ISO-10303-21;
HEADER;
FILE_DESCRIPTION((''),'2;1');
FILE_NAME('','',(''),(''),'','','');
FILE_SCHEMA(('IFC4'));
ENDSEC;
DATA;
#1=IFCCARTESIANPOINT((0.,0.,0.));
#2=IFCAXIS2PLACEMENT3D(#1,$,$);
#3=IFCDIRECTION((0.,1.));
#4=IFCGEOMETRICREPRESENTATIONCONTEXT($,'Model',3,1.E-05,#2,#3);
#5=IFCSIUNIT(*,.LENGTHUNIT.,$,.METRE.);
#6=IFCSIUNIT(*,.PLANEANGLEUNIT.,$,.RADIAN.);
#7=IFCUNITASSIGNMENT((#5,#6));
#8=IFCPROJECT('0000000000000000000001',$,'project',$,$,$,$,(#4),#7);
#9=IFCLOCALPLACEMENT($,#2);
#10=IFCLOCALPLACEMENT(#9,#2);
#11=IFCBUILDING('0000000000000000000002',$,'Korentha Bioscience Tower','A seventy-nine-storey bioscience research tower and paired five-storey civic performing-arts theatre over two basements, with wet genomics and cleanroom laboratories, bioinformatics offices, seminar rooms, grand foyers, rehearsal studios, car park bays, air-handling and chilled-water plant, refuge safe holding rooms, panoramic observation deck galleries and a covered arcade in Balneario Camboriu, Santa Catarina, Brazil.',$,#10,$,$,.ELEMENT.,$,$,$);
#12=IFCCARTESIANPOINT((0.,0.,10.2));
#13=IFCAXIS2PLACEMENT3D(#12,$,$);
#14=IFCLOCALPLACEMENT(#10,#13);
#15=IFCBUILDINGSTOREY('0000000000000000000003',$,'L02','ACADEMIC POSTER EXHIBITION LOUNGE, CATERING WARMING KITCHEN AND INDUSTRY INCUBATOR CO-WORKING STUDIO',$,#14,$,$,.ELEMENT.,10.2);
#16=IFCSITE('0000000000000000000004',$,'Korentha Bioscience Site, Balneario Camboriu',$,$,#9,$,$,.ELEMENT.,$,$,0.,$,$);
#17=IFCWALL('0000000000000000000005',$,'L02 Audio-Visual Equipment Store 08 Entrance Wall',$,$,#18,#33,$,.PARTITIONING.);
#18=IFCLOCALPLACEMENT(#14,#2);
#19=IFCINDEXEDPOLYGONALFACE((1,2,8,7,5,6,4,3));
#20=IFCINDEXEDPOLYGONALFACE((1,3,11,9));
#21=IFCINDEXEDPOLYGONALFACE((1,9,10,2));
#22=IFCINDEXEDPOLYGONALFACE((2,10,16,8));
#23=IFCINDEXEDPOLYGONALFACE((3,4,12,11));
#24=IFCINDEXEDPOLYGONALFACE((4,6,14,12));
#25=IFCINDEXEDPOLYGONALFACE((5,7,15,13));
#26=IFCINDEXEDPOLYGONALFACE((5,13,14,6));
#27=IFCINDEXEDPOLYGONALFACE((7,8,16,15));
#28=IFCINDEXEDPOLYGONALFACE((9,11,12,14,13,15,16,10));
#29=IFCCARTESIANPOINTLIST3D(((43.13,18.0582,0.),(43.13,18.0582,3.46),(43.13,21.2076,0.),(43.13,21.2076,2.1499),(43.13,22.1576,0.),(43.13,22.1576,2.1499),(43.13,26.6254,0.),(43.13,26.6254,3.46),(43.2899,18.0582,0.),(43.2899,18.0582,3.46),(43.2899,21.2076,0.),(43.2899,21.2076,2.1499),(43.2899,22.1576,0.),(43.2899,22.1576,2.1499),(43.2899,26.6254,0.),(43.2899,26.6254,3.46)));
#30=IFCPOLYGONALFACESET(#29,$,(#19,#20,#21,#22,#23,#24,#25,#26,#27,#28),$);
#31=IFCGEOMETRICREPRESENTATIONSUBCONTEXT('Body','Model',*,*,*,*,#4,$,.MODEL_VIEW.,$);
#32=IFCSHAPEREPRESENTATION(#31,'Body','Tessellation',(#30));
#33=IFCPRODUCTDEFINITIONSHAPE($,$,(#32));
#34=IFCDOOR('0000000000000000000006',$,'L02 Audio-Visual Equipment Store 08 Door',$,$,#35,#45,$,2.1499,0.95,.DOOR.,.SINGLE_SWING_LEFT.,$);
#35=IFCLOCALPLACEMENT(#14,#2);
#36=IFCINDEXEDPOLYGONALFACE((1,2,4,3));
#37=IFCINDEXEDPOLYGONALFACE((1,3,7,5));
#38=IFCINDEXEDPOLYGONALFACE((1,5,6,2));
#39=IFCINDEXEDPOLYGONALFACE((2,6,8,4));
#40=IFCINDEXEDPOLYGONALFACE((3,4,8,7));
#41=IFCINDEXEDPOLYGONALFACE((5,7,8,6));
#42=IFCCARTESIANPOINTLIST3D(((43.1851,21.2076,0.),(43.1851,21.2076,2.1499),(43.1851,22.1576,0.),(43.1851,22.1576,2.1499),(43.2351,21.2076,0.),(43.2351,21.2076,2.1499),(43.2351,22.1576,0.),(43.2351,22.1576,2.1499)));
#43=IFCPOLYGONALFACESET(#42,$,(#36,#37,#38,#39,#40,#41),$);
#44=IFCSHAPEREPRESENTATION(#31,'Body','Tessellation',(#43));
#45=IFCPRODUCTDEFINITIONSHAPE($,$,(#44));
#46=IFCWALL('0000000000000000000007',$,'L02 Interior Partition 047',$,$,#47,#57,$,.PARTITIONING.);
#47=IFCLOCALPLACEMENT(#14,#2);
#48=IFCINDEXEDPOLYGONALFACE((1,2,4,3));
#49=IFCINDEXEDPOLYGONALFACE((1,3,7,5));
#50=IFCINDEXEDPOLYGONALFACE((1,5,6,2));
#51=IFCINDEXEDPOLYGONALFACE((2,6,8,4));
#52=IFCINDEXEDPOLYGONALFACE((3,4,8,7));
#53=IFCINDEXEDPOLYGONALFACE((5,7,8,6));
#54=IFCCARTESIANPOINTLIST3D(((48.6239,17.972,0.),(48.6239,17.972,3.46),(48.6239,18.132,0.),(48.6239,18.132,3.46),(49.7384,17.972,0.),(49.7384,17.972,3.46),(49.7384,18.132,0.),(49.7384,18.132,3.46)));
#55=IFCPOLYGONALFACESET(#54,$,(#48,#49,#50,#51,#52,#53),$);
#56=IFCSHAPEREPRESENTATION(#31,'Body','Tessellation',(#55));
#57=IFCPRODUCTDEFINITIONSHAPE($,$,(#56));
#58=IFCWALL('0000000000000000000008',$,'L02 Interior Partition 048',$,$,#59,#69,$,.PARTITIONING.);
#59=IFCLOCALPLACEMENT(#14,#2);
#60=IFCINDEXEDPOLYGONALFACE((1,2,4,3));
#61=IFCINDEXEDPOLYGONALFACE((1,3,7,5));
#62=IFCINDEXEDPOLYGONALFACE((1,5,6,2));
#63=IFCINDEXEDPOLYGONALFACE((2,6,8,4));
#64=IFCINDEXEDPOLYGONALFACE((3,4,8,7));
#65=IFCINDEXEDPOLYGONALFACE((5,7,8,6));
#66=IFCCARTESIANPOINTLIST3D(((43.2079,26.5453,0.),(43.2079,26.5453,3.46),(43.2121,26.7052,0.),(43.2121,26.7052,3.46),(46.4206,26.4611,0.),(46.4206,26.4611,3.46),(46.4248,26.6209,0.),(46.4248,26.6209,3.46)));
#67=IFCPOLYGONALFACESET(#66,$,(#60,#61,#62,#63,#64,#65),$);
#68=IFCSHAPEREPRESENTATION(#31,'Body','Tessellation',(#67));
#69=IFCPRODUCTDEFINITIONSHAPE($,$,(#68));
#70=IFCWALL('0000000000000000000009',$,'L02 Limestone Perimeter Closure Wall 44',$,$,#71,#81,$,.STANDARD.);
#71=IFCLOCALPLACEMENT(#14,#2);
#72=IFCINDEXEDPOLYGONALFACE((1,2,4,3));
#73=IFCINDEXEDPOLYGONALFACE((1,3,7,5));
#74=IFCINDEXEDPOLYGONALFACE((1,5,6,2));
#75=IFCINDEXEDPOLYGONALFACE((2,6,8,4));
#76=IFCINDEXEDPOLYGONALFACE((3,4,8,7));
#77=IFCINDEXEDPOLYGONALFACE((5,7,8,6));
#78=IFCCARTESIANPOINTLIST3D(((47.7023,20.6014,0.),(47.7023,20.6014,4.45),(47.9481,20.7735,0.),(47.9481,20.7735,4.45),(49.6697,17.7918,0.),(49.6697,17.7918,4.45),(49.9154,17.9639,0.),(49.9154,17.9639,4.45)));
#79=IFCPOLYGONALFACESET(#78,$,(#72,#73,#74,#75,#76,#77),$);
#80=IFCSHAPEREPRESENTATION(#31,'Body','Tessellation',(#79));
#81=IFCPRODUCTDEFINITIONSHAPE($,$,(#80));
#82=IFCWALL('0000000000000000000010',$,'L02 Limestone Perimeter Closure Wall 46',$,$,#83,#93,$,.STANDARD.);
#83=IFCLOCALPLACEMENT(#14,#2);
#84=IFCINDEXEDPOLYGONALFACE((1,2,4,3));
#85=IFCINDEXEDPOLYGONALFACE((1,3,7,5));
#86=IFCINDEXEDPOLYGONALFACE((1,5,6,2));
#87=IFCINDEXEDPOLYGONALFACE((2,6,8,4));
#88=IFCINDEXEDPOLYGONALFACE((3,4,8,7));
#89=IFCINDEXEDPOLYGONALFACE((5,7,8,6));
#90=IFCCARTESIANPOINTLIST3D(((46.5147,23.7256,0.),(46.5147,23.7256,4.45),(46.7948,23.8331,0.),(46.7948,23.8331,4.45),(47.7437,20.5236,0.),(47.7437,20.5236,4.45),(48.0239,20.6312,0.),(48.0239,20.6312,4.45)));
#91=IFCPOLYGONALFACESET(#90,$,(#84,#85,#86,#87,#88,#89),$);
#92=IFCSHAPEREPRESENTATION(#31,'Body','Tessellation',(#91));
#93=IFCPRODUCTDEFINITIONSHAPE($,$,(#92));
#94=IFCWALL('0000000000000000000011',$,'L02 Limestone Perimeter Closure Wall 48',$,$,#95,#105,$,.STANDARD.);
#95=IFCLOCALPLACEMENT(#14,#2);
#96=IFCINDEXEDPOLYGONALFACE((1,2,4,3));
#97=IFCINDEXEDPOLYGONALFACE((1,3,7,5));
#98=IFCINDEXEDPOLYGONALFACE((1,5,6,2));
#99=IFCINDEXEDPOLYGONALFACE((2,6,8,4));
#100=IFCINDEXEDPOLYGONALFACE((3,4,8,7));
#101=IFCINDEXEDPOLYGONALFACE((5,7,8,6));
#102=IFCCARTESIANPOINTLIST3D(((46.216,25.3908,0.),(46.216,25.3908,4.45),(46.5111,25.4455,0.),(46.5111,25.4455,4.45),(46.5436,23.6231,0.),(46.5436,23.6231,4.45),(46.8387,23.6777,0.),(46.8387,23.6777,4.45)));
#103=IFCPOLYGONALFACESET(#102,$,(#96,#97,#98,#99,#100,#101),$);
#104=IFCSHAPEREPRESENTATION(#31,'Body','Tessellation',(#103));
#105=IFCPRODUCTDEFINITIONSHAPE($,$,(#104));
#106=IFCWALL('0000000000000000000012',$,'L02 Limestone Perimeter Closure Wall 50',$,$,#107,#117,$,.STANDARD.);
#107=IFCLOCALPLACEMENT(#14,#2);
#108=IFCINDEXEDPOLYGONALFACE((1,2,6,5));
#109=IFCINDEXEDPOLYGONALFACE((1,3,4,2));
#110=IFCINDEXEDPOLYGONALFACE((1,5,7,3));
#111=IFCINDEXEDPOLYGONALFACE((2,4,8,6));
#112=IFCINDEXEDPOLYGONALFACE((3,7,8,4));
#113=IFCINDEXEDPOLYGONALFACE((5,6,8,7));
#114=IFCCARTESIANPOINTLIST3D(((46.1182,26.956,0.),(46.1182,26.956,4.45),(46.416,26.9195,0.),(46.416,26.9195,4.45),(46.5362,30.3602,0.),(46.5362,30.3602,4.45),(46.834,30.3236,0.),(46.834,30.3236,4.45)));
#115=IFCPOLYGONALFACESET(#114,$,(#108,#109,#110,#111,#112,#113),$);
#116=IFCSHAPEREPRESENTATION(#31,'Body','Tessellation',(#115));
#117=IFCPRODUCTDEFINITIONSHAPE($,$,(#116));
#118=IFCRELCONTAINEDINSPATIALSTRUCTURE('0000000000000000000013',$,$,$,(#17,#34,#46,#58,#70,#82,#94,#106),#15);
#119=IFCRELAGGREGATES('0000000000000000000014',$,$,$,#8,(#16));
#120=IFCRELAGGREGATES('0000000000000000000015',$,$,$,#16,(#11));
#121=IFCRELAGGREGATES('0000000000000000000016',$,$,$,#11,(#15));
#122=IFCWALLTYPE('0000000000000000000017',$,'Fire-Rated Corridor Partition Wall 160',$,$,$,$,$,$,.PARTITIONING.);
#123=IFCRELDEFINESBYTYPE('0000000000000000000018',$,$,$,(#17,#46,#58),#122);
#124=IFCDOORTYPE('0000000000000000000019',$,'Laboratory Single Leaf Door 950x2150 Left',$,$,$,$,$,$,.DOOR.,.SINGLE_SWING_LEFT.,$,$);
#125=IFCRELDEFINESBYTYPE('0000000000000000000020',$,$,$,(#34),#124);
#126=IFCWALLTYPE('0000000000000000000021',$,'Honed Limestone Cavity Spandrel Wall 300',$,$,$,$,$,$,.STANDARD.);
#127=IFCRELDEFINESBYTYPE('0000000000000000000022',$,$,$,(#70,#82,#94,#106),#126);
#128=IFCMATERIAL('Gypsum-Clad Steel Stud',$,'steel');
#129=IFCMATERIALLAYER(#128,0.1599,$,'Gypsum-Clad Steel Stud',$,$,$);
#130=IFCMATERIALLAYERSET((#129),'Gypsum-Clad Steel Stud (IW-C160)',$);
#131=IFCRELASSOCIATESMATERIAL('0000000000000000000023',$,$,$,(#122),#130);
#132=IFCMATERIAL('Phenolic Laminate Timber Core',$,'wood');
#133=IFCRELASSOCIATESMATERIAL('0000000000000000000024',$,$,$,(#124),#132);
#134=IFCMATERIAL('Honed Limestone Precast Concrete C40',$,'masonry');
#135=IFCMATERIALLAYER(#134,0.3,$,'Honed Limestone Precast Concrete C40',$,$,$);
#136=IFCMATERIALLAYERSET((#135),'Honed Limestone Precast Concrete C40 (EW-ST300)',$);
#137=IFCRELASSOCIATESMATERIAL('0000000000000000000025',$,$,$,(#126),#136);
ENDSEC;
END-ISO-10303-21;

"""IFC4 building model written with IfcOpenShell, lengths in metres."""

from ifc_helpers import new_model, si_unit, direction, frame, frame_2d, origin, place, context, subcontext, project, spatial, rectangle, extrude, material, layer, layer_set, type_object, element, fill, save


model = new_model("IFC4")

# Units and contexts
model_context = context("Model", 3, precision=1e-05, world=origin(), true_north=direction((0.0, 1.0)))
body_context = subcontext(model_context, "Body", "Model", "MODEL_VIEW")
ifc_project = project(units=[si_unit("LENGTHUNIT", "METRE"), si_unit("PLANEANGLEUNIT", "RADIAN")], contexts=[model_context])

# Site, building, storey
site_placement = place(None, origin())
site = spatial("IfcSite", under=ifc_project, at=site_placement, Name="Korentha Bioscience Site, Balneario Camboriu", CompositionType="ELEMENT", RefElevation=0.0)
building_placement = place(site_placement, origin())
building = spatial("IfcBuilding", under=site, at=building_placement, Name="Korentha Bioscience Tower", Description="A seventy-nine-storey bioscience research tower and paired five-storey civic performing-arts theatre over two basements, with wet genomics and cleanroom laboratories, bioinformatics offices, seminar rooms, grand foyers, rehearsal studios, car park bays, air-handling and chilled-water plant, refuge safe holding rooms, panoramic observation deck galleries and a covered arcade in Balneario Camboriu, Santa Catarina, Brazil.", CompositionType="ELEMENT")
storey_placement = place(building_placement, frame((0.0, 0.0, 10.2)))
storey = spatial("IfcBuildingStorey", under=building, at=storey_placement, Name="L02", Description="ACADEMIC POSTER EXHIBITION LOUNGE, CATERING WARMING KITCHEN AND INDUSTRY INCUBATOR CO-WORKING STUDIO", CompositionType="ELEMENT", Elevation=10.2)

# Shared definitions
ifc_material_1 = material(Name="Phenolic Laminate Timber Core", Category="wood")

# Wall, opening, door
ifc_material_2 = material(Name="Gypsum-Clad Steel Stud", Category="steel")
ifc_layer_1 = layer(ifc_material_2, 0.1599, Name="Gypsum-Clad Steel Stud")
ifc_layer_set_1 = layer_set([ifc_layer_1], Name="Gypsum-Clad Steel Stud (IW-C160)")
wall_type_1 = type_object("IfcWallType", Name="Fire-Rated Corridor Partition Wall 160", PredefinedType="PARTITIONING", material=ifc_layer_set_1)
wall_1_placement = place(storey_placement, frame((43.21, 18.0581, 0.0), z_axis=(0.0, 0.0, 1.0), x_axis=(0.0, 1.0, 0.0)))
wall_1 = element("IfcWall", 1, at=wall_1_placement, inside=storey, type_object=wall_type_1, Name="L02 Audio-Visual Equipment Store 08 Entrance Wall", PredefinedType="PARTITIONING", context=body_context, shape_type="SweptSolid", body=[
    extrude(rectangle(XDim=8.5671, YDim=0.1599, at=frame_2d((4.2837, 0.0))), origin(), (0.0, 0.0, 1.0), 3.46),
])
opening_1_placement = place(wall_1_placement, frame((3.1494, 0.0, 0.0)))
opening_1 = element("IfcOpeningElement", 2, at=opening_1_placement, cuts=wall_1, PredefinedType="OPENING", context=body_context, shape_type="SweptSolid", body=[
    extrude(rectangle(XDim=0.95, YDim=2.1499, at=frame_2d((0.4751, 1.075))), frame((0.0, 0.0947, 0.0), z_axis=(0.0, -1.0, 0.0), x_axis=(1.0, 0.0, 0.0)), (0.0, 0.0, 1.0), 0.1897),
])
door_type_1 = type_object("IfcDoorType", Name="Laboratory Single Leaf Door 950x2150 Left", OperationType="SINGLE_SWING_LEFT", PredefinedType="DOOR", material=ifc_material_1)
door_1_placement = place(opening_1_placement, origin())
door_1 = element("IfcDoor", 3, at=door_1_placement, inside=storey, type_object=door_type_1, Name="L02 Audio-Visual Equipment Store 08 Door", OperationType="SINGLE_SWING_LEFT", OverallHeight=2.1499, OverallWidth=0.95, PredefinedType="DOOR", context=body_context, shape_type="SweptSolid", body=[
    extrude(rectangle(XDim=0.95, YDim=2.1499, at=frame_2d((0.4751, 1.075))), frame((0.0, 0.0249, 0.0), z_axis=(0.0, -1.0, 0.0), x_axis=(1.0, 0.0, 0.0)), (0.0, 0.0, 1.0), 0.05),
])
fill(opening_1, door_1)

# Walls
wall_2_placement = place(storey_placement, frame((49.7383, 18.052, 0.0), z_axis=(0.0, 0.0, 1.0), x_axis=(-1.0, 0.0, 0.0)))
element("IfcWall", 4, at=wall_2_placement, inside=storey, type_object=wall_type_1, Name="L02 Interior Partition 047", PredefinedType="PARTITIONING", context=body_context, shape_type="SweptSolid", body=[
    extrude(rectangle(XDim=1.1145, YDim=0.1599, at=frame_2d((0.5571, 0.0))), origin(), (0.0, 0.0, 1.0), 3.46),
])
wall_3_placement = place(storey_placement, frame((43.21, 26.6252, 0.0), z_axis=(0.0, 0.0, 1.0), x_axis=(0.999656, -0.026209, 0.0)))
element("IfcWall", 5, at=wall_3_placement, inside=storey, type_object=wall_type_1, Name="L02 Interior Partition 048", PredefinedType="PARTITIONING", context=body_context, shape_type="SweptSolid", body=[
    extrude(rectangle(XDim=3.2139, YDim=0.1599, at=frame_2d((1.6069, 0.0))), origin(), (0.0, 0.0, 1.0), 3.46),
])
ifc_material_3 = material(Name="Honed Limestone Precast Concrete C40", Category="masonry")
ifc_layer_2 = layer(ifc_material_3, 0.3, Name="Honed Limestone Precast Concrete C40")
ifc_layer_set_2 = layer_set([ifc_layer_2], Name="Honed Limestone Precast Concrete C40 (EW-ST300)")
wall_type_2 = type_object("IfcWallType", Name="Honed Limestone Cavity Spandrel Wall 300", PredefinedType="STANDARD", material=ifc_layer_set_2)
wall_4_placement = place(storey_placement, frame((49.7925, 17.8779, 0.0), z_axis=(0.0, 0.0, 1.0), x_axis=(-0.573577, 0.819152, 0.0)))
element("IfcWall", 6, at=wall_4_placement, inside=storey, type_object=wall_type_2, Name="L02 Limestone Perimeter Closure Wall 44", PredefinedType="STANDARD", context=body_context, shape_type="SweptSolid", body=[
    extrude(rectangle(XDim=3.4299, YDim=0.3, at=frame_2d((1.7148, 0.0))), origin(), (0.0, 0.0, 1.0), 4.45),
])
wall_5_placement = place(storey_placement, frame((47.8838, 20.5774, 0.0), z_axis=(0.0, 0.0, 1.0), x_axis=(-0.358345, 0.933589, 0.0)))
element("IfcWall", 7, at=wall_5_placement, inside=storey, type_object=wall_type_2, Name="L02 Limestone Perimeter Closure Wall 46", PredefinedType="STANDARD", context=body_context, shape_type="SweptSolid", body=[
    extrude(rectangle(XDim=3.4297, YDim=0.3, at=frame_2d((1.7148, 0.0))), origin(), (0.0, 0.0, 1.0), 4.45),
])
wall_6_placement = place(storey_placement, frame((46.6912, 23.6504, 0.0), z_axis=(0.0, 0.0, 1.0), x_axis=(-0.18223, 0.983256, 0.0)))
element("IfcWall", 8, at=wall_6_placement, inside=storey, type_object=wall_type_2, Name="L02 Limestone Perimeter Closure Wall 48", PredefinedType="STANDARD", context=body_context, shape_type="SweptSolid", body=[
    extrude(rectangle(XDim=1.7979, YDim=0.3, at=frame_2d((0.8989, 0.0))), origin(), (0.0, 0.0, 1.0), 4.45),
])
wall_7_placement = place(storey_placement, frame((46.2671, 26.9377, 0.0), z_axis=(0.0, 0.0, 1.0), x_axis=(0.12187, 0.992546, 0.0)))
element("IfcWall", 9, at=wall_7_placement, inside=storey, type_object=wall_type_2, Name="L02 Limestone Perimeter Closure Wall 50", PredefinedType="STANDARD", context=body_context, shape_type="SweptSolid", body=[
    extrude(rectangle(XDim=3.4297, YDim=0.3, at=frame_2d((1.7148, 0.0))), origin(), (0.0, 0.0, 1.0), 4.45),
])

save(model, "model.ifc")
